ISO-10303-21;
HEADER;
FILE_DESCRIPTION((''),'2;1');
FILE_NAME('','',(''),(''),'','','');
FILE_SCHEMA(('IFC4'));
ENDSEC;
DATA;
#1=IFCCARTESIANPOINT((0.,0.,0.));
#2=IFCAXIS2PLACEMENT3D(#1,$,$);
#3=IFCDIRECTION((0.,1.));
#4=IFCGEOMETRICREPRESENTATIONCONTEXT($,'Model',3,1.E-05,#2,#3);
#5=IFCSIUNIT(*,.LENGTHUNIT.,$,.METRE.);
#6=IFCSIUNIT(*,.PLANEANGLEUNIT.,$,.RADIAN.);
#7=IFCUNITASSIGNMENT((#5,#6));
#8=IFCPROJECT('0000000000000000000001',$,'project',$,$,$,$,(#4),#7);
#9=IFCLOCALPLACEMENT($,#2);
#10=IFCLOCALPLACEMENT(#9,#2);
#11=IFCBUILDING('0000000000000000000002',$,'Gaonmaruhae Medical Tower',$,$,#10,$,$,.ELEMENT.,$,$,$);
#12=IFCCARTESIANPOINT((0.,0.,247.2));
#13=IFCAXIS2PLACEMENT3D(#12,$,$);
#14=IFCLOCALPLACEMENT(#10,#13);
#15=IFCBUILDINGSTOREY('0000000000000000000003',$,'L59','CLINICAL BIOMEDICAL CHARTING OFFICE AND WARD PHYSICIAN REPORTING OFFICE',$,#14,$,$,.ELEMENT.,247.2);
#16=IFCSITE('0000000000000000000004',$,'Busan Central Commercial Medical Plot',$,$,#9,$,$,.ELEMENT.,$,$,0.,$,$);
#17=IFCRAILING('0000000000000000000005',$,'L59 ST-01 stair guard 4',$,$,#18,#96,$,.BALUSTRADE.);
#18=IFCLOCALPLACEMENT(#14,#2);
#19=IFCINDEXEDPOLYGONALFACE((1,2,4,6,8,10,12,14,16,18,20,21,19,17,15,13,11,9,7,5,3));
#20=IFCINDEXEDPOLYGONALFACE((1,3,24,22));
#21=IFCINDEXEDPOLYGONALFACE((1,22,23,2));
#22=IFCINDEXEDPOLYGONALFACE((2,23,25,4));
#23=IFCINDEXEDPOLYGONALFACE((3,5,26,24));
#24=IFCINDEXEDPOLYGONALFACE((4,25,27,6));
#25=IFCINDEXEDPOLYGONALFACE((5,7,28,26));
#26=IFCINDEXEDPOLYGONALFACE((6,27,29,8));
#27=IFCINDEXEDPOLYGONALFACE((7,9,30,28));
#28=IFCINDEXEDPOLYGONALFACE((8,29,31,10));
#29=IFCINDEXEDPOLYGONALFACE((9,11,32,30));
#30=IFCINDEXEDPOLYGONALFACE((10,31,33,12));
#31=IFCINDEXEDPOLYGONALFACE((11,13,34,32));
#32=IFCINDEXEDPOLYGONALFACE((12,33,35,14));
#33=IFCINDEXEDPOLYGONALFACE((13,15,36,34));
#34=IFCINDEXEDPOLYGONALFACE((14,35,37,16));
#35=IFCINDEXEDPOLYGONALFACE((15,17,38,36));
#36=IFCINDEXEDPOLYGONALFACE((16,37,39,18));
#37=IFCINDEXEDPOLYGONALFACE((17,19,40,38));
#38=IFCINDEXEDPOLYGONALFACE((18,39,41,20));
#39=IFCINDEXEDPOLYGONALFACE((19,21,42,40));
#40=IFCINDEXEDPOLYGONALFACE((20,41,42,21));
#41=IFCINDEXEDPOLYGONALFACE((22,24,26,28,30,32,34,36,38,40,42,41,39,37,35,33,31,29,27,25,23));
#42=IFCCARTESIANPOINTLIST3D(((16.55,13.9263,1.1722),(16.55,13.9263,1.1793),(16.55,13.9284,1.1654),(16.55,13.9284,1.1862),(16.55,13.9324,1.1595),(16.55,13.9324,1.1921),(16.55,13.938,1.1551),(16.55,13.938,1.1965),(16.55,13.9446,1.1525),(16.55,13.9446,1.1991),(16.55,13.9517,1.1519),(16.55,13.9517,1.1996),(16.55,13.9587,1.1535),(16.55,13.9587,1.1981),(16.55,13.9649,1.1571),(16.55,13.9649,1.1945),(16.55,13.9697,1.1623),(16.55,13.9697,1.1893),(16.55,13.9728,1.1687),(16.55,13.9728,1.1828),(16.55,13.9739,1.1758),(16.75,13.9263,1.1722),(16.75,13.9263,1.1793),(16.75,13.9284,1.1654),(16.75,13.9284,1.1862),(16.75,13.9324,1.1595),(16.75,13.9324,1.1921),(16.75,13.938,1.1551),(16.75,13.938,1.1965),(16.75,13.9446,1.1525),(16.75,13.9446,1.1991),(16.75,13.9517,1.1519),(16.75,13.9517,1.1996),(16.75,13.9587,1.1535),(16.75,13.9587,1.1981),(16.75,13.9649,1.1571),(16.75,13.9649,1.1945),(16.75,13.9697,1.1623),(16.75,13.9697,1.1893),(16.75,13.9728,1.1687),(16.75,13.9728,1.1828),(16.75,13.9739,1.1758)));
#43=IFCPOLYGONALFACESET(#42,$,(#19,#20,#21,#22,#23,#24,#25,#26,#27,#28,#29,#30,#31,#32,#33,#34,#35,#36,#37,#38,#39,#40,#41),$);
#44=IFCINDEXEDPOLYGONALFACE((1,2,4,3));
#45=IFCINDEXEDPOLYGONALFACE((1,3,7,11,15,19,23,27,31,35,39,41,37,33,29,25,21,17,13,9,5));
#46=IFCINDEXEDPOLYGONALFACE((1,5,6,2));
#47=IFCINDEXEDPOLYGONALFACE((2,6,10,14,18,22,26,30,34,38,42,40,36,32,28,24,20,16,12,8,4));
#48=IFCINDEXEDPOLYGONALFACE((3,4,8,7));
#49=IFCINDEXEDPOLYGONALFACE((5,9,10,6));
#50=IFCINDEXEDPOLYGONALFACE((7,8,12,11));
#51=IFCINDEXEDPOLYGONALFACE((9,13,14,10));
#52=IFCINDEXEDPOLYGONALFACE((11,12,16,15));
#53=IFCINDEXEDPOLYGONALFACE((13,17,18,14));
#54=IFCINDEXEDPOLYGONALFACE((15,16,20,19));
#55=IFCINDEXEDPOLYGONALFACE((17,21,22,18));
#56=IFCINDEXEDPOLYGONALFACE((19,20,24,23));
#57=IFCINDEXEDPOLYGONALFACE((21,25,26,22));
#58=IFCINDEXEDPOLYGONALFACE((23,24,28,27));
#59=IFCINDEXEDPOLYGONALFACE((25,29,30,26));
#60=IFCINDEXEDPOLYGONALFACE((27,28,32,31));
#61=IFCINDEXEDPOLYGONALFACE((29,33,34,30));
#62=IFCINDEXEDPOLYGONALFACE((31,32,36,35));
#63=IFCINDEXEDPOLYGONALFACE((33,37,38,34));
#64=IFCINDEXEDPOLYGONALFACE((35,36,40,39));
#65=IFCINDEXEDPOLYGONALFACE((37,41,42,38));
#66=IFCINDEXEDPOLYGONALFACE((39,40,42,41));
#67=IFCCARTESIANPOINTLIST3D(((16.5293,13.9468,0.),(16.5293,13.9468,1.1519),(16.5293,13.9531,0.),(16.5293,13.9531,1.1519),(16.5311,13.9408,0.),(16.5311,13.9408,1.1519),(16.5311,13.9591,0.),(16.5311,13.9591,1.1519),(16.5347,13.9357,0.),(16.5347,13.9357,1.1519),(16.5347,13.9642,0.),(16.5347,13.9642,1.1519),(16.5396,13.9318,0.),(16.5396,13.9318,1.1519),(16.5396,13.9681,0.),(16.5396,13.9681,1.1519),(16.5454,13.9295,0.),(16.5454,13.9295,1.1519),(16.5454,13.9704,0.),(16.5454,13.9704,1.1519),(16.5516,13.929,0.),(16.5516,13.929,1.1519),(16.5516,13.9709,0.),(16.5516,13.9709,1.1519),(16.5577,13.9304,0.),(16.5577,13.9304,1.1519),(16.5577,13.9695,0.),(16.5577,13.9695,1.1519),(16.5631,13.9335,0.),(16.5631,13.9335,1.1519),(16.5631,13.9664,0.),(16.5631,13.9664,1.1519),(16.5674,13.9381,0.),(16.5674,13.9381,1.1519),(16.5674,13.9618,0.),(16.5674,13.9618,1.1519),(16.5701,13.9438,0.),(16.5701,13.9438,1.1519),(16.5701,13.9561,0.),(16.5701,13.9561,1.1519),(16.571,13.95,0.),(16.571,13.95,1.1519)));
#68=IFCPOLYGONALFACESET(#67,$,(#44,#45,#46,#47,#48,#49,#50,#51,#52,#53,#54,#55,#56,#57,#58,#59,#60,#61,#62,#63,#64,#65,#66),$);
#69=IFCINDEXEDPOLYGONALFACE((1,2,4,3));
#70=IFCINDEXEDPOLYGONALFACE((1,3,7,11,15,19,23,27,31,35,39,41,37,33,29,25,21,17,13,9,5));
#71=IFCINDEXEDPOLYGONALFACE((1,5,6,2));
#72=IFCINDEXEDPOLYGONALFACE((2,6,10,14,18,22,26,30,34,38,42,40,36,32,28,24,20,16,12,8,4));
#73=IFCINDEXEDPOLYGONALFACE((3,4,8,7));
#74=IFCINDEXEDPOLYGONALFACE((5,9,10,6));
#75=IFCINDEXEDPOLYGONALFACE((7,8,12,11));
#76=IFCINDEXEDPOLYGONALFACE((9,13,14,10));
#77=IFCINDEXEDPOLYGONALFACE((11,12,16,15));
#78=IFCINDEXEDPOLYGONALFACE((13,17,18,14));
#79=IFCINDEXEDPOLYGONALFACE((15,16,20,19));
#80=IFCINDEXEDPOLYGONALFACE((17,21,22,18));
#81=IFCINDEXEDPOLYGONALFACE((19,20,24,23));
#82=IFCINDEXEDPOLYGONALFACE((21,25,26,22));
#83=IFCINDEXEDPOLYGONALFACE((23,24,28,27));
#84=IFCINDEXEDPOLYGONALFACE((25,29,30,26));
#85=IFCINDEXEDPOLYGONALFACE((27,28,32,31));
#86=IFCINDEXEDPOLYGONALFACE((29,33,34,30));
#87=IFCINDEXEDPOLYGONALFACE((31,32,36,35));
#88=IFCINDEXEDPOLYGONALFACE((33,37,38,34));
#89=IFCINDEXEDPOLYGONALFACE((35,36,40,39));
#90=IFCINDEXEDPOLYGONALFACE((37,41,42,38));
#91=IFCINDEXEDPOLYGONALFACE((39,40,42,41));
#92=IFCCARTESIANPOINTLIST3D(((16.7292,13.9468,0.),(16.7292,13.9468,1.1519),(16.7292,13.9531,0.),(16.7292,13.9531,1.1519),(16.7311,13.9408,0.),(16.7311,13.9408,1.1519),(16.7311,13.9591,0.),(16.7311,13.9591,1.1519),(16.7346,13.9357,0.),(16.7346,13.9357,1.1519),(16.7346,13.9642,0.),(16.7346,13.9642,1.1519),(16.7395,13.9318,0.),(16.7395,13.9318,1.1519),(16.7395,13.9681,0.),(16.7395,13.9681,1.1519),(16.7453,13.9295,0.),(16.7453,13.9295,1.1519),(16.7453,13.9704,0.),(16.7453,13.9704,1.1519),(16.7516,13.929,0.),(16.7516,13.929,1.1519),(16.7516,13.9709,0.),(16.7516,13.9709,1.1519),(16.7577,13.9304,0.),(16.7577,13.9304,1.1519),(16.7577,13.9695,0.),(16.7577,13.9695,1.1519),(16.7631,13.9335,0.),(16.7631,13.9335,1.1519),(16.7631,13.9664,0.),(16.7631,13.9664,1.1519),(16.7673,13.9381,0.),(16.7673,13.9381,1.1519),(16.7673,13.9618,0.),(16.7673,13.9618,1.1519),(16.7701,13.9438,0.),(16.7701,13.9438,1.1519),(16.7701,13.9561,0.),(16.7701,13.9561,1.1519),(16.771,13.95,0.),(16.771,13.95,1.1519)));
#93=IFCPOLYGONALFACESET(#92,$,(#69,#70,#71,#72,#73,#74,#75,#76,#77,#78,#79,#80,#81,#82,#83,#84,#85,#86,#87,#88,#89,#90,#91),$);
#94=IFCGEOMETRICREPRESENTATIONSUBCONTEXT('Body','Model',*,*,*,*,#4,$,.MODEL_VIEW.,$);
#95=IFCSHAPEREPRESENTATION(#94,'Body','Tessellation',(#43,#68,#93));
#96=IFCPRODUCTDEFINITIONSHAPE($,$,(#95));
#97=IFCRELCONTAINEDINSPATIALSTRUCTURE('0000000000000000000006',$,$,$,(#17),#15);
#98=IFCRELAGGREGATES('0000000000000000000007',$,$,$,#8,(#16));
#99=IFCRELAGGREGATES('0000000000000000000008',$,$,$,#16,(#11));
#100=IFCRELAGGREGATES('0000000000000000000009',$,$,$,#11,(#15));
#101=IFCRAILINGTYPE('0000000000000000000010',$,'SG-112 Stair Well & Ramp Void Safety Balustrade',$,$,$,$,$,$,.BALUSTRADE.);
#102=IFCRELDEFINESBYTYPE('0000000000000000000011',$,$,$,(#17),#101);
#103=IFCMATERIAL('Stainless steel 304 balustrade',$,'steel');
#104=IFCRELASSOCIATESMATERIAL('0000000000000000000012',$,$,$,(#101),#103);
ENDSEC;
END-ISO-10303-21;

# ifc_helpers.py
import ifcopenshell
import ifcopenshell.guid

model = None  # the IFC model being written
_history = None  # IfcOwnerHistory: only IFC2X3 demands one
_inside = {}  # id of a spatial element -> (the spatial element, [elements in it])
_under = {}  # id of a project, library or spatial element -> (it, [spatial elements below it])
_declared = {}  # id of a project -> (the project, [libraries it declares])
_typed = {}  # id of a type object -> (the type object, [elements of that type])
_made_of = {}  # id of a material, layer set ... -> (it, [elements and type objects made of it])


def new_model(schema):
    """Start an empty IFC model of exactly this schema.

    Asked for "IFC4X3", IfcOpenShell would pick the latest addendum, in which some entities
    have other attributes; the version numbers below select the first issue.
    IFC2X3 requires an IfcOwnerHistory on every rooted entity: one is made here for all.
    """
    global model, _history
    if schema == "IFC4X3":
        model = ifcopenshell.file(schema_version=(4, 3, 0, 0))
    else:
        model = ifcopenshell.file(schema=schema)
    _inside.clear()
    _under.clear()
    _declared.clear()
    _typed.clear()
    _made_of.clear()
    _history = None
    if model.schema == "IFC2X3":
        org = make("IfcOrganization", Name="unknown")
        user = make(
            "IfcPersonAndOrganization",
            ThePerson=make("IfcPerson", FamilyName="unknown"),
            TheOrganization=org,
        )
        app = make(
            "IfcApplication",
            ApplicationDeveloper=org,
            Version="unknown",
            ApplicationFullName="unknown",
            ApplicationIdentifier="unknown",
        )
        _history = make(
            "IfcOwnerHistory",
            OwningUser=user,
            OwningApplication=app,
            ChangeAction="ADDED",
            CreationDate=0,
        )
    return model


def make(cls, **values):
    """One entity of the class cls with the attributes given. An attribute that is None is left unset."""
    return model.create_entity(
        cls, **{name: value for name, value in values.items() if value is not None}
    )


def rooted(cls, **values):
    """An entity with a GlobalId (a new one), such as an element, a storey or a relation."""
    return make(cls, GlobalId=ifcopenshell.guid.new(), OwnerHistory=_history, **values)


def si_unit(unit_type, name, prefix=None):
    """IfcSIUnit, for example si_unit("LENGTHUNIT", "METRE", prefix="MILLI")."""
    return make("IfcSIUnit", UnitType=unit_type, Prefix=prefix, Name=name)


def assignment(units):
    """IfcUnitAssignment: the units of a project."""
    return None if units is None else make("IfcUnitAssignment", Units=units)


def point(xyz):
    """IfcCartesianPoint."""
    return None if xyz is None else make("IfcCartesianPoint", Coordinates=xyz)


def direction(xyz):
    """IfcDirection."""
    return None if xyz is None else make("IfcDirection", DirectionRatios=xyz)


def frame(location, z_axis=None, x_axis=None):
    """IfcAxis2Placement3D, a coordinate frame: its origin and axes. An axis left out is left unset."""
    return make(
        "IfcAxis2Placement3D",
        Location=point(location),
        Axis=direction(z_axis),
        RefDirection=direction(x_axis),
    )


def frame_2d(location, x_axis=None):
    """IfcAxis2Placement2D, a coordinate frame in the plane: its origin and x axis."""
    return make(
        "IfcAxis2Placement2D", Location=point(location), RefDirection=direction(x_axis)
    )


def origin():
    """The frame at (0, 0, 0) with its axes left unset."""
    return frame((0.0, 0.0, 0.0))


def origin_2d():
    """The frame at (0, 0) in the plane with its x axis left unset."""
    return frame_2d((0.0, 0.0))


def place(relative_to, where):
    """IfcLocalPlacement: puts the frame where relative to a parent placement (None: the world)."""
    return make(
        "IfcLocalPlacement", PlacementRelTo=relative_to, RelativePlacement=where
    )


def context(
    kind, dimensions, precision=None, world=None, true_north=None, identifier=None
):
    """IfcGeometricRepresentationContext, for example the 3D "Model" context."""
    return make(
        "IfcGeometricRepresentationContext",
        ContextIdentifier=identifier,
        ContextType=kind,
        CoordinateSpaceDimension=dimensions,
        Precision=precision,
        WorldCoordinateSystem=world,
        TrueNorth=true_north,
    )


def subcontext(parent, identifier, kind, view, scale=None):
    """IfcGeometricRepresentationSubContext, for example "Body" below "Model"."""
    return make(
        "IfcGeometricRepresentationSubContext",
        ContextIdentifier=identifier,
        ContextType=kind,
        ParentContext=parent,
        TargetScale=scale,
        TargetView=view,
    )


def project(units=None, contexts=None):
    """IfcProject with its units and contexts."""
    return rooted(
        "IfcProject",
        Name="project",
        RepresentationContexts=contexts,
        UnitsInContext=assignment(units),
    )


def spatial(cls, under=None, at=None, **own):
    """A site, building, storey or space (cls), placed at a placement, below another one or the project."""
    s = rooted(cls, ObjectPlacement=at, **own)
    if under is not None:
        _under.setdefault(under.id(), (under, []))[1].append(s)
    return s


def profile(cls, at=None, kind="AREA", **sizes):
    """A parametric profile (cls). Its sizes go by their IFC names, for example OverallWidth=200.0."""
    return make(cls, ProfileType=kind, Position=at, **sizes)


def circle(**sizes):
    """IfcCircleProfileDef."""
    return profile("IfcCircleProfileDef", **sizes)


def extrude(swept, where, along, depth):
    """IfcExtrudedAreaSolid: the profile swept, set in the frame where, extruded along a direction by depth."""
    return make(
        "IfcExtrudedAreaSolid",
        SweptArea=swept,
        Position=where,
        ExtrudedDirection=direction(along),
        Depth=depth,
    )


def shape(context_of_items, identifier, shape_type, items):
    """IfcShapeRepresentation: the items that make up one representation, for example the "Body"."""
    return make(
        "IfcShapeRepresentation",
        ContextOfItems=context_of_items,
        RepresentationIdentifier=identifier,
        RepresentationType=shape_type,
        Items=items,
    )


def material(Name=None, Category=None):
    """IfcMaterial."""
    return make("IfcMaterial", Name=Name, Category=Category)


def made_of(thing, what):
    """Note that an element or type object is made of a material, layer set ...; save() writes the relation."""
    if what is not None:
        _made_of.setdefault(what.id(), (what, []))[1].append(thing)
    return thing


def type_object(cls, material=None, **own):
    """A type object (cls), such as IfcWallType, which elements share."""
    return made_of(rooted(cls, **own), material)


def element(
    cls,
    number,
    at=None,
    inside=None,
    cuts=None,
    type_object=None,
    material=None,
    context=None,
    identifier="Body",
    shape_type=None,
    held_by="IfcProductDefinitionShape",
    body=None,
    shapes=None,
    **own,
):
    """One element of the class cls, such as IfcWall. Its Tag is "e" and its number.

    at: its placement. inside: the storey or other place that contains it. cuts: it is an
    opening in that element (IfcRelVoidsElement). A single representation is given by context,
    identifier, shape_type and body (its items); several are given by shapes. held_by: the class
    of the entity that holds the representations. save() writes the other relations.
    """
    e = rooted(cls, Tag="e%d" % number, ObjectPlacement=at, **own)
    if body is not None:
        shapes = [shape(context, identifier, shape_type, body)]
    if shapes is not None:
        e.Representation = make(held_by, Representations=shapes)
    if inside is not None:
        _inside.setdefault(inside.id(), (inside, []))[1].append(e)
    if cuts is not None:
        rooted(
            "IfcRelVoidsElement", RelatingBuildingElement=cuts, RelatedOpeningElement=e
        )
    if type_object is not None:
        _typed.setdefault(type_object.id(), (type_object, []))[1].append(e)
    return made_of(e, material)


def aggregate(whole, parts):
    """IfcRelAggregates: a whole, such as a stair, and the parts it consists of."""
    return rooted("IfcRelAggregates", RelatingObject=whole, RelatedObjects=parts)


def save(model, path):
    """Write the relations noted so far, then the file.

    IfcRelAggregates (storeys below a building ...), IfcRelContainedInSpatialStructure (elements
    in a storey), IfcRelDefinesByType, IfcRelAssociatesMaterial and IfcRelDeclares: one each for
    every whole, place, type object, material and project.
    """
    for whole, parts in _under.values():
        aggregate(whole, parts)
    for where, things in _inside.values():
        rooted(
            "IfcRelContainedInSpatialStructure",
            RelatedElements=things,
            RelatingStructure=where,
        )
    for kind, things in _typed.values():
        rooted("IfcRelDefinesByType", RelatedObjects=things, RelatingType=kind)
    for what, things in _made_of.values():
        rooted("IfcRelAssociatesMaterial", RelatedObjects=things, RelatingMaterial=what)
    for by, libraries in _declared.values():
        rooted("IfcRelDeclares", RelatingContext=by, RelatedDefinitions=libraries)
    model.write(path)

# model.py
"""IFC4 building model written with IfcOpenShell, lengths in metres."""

from ifc_helpers import new_model, si_unit, direction, frame, origin, origin_2d, place, context, subcontext, project, spatial, circle, extrude, material, type_object, element, save


model = new_model("IFC4")

# Units and contexts
model_context = context("Model", 3, precision=1e-05, world=origin(), true_north=direction((0.0, 1.0)))
body_context = subcontext(model_context, "Body", "Model", "MODEL_VIEW")
ifc_project = project(units=[si_unit("LENGTHUNIT", "METRE"), si_unit("PLANEANGLEUNIT", "RADIAN")], contexts=[model_context])

# Site, building, storey
site_placement = place(None, origin())
site = spatial("IfcSite", under=ifc_project, at=site_placement, Name="Busan Central Commercial Medical Plot", CompositionType="ELEMENT", RefElevation=0.0)
building_placement = place(site_placement, origin())
building = spatial("IfcBuilding", under=site, at=building_placement, Name="Gaonmaruhae Medical Tower", CompositionType="ELEMENT")
storey_placement = place(building_placement, frame((0.0, 0.0, 247.2)))
storey = spatial("IfcBuildingStorey", under=building, at=storey_placement, Name="L59", Description="CLINICAL BIOMEDICAL CHARTING OFFICE AND WARD PHYSICIAN REPORTING OFFICE", CompositionType="ELEMENT", Elevation=247.2)

# Railing
ifc_material_1 = material(Name="Stainless steel 304 balustrade", Category="steel")
railing_type_1 = type_object("IfcRailingType", Name="SG-112 Stair Well & Ramp Void Safety Balustrade", PredefinedType="BALUSTRADE", material=ifc_material_1)
railing_1_placement = place(storey_placement, frame((16.55, 13.95, 0.0)))
element("IfcRailing", 1, at=railing_1_placement, inside=storey, type_object=railing_type_1, Name="L59 ST-01 stair guard 4", PredefinedType="BALUSTRADE", context=body_context, shape_type="SweptSolid", body=[
    extrude(circle(Radius=0.0239, at=origin_2d()), frame((0.0, 0.0, 1.1758), z_axis=(1.0, 0.0, 0.0), x_axis=(0.0, 1.0, 0.0)), (0.0, 0.0, 1.0), 0.2),
    extrude(circle(Radius=0.021, at=origin_2d()), origin(), (0.0, 0.0, 1.0), 1.1519),
    extrude(circle(Radius=0.021, at=origin_2d()), frame((0.2, 0.0, 0.0)), (0.0, 0.0, 1.0), 1.1519),
])

save(model, "model.ifc")
